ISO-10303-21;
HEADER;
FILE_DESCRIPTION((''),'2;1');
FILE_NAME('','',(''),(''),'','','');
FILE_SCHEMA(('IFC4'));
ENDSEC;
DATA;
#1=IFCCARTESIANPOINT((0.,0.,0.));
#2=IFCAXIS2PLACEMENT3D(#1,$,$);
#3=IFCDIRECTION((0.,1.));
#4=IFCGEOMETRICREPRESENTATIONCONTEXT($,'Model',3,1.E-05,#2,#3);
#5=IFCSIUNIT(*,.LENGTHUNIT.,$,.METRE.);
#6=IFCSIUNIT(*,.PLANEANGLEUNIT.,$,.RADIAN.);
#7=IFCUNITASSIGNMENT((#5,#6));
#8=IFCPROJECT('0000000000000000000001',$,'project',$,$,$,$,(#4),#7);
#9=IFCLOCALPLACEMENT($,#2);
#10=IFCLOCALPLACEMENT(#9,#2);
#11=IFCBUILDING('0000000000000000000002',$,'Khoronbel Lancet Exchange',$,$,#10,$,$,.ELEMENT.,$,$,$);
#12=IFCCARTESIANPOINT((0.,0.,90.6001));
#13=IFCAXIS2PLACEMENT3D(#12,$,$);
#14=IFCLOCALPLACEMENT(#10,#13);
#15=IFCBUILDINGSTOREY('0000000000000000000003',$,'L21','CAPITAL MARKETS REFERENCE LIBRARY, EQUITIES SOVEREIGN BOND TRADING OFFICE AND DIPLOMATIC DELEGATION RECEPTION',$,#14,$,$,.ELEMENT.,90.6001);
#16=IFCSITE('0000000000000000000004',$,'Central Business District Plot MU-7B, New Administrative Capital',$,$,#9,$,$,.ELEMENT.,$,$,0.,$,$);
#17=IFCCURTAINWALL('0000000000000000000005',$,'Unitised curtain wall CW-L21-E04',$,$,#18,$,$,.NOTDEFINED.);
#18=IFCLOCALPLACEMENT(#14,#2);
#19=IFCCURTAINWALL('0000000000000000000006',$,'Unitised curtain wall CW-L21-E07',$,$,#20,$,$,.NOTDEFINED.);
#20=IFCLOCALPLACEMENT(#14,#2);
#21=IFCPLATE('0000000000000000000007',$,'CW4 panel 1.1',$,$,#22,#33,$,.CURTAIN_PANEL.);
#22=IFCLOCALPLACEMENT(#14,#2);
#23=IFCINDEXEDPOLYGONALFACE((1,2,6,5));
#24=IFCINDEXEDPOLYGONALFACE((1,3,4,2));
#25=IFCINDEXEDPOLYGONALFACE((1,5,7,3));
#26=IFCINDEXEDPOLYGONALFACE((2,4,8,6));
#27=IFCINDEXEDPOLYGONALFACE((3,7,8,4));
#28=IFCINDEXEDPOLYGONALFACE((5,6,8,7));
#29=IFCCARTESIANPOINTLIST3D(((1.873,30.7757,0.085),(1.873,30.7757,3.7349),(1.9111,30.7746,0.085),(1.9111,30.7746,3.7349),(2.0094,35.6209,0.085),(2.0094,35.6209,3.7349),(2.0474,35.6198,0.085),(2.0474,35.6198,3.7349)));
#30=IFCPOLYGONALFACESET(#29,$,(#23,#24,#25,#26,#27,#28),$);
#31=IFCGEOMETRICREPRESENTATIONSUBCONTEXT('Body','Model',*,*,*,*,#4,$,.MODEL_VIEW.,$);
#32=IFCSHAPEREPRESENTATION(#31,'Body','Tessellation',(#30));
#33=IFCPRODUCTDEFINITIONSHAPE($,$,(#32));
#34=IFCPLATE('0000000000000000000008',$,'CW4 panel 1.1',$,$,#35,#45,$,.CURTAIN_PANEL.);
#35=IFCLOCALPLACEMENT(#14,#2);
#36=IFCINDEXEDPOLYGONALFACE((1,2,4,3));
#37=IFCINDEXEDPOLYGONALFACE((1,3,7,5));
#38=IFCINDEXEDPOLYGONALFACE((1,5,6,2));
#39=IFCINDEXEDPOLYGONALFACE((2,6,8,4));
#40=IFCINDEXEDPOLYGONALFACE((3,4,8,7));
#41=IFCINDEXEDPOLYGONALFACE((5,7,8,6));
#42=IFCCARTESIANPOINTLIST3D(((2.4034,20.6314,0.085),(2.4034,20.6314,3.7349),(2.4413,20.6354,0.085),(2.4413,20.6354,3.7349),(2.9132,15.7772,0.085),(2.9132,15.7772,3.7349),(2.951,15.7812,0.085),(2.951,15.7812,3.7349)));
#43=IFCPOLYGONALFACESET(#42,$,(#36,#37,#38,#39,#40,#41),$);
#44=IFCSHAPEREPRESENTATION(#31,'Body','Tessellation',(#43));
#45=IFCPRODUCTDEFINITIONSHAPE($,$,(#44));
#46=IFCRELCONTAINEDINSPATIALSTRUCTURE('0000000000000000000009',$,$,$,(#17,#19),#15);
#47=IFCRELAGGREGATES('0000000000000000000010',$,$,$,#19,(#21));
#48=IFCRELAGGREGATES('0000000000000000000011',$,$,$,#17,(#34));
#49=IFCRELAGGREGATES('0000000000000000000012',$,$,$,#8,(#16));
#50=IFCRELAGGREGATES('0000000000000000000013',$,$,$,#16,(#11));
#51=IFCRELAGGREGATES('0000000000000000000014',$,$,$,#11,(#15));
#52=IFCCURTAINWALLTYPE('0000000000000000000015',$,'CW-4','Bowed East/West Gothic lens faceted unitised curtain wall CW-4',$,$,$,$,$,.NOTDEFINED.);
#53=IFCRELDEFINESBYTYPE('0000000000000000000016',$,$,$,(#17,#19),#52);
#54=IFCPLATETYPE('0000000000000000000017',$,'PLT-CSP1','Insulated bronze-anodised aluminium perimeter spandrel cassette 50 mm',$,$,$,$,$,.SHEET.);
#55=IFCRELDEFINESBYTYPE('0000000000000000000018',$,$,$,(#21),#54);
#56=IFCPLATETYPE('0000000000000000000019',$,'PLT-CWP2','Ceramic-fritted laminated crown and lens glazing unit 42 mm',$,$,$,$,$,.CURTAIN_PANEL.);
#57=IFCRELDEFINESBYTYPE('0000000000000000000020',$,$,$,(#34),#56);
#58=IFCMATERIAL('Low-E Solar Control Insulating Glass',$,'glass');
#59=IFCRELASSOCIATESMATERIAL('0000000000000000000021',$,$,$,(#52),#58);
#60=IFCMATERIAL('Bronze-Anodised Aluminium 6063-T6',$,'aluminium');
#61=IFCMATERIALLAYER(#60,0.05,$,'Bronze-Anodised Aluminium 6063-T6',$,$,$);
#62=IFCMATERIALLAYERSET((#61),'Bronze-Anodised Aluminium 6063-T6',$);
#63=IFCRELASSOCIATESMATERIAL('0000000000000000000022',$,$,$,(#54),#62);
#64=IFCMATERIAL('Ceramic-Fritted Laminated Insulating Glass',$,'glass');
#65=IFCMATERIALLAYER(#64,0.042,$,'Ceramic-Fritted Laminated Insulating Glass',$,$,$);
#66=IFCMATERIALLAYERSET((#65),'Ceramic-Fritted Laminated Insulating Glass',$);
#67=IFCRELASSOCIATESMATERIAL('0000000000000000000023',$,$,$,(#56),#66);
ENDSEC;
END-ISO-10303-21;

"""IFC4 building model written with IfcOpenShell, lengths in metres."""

from ifc_helpers import new_model, si_unit, direction, frame, origin, origin_2d, place, context, subcontext, project, spatial, rectangle, extrude, material, layer, layer_set, type_object, element, aggregate, save


model = new_model("IFC4")

# Units and contexts
model_context = context("Model", 3, precision=1e-05, world=origin(), true_north=direction((0.0, 1.0)))
body_context = subcontext(model_context, "Body", "Model", "MODEL_VIEW")
ifc_project = project(units=[si_unit("LENGTHUNIT", "METRE"), si_unit("PLANEANGLEUNIT", "RADIAN")], contexts=[model_context])

# Site, building, storey
site_placement = place(None, origin())
site = spatial("IfcSite", under=ifc_project, at=site_placement, Name="Central Business District Plot MU-7B, New Administrative Capital", CompositionType="ELEMENT", RefElevation=0.0)
building_placement = place(site_placement, origin())
building = spatial("IfcBuilding", under=site, at=building_placement, Name="Khoronbel Lancet Exchange", CompositionType="ELEMENT")
storey_placement = place(building_placement, frame((0.0, 0.0, 90.6001)))
storey = spatial("IfcBuildingStorey", under=building, at=storey_placement, Name="L21", Description="CAPITAL MARKETS REFERENCE LIBRARY, EQUITIES SOVEREIGN BOND TRADING OFFICE AND DIPLOMATIC DELEGATION RECEPTION", CompositionType="ELEMENT", Elevation=90.6001)

# Curtain walls
ifc_material_1 = material(Name="Low-E Solar Control Insulating Glass", Category="glass")
curtain_wall_type = type_object("IfcCurtainWallType", Name="CW-4", Description="Bowed East/West Gothic lens faceted unitised curtain wall CW-4", PredefinedType="NOTDEFINED", material=ifc_material_1)
curtain_wall_1_placement = place(storey_placement, origin())
curtain_wall_1 = element("IfcCurtainWall", 1, at=curtain_wall_1_placement, inside=storey, type_object=curtain_wall_type, Name="Unitised curtain wall CW-L21-E04", PredefinedType="NOTDEFINED")
ifc_material_2 = material(Name="Bronze-Anodised Aluminium 6063-T6", Category="aluminium")
curtain_wall_2_placement = place(storey_placement, origin())
curtain_wall_2 = element("IfcCurtainWall", 2, at=curtain_wall_2_placement, inside=storey, type_object=curtain_wall_type, Name="Unitised curtain wall CW-L21-E07", PredefinedType="NOTDEFINED")

# Plates
ifc_layer_1 = layer(ifc_material_2, 0.05, Name="Bronze-Anodised Aluminium 6063-T6")
ifc_layer_set_1 = layer_set([ifc_layer_1], Name="Bronze-Anodised Aluminium 6063-T6")
plate_type_1 = type_object("IfcPlateType", Name="PLT-CSP1", Description="Insulated bronze-anodised aluminium perimeter spandrel cassette 50 mm", PredefinedType="SHEET", material=ifc_layer_set_1)
plate_1_placement = place(storey_placement, frame((1.9602, 33.1978, 0.085), z_axis=(0.0, 0.0, 1.0), x_axis=(0.028135, 0.999604, 0.0)))
plate_1 = element("IfcPlate", 3, at=plate_1_placement, type_object=plate_type_1, Name="CW4 panel 1.1", PredefinedType="CURTAIN_PANEL", context=body_context, shape_type="SweptSolid", body=[
    extrude(rectangle(XDim=4.8472, YDim=0.0381, at=origin_2d()), origin(), (0.0, 0.0, 1.0), 3.6499),
])
aggregate(curtain_wall_2, [plate_1])
ifc_material_3 = material(Name="Ceramic-Fritted Laminated Insulating Glass", Category="glass")
ifc_layer_2 = layer(ifc_material_3, 0.042, Name="Ceramic-Fritted Laminated Insulating Glass")
ifc_layer_set_2 = layer_set([ifc_layer_2], Name="Ceramic-Fritted Laminated Insulating Glass")
plate_type_2 = type_object("IfcPlateType", Name="PLT-CWP2", Description="Ceramic-fritted laminated crown and lens glazing unit 42 mm", PredefinedType="CURTAIN_PANEL", material=ifc_layer_set_2)
plate_2_placement = place(storey_placement, frame((2.6772, 18.2063, 0.085), z_axis=(0.0, 0.0, 1.0), x_axis=(-0.104434, 0.994532, 0.0)))
plate_2 = element("IfcPlate", 4, at=plate_2_placement, type_object=plate_type_2, Name="CW4 panel 1.1", PredefinedType="CURTAIN_PANEL", context=body_context, shape_type="SweptSolid", body=[
    extrude(rectangle(XDim=4.8809, YDim=0.0381, at=origin_2d()), origin(), (0.0, 0.0, 1.0), 3.6499),
])
aggregate(curtain_wall_1, [plate_2])

save(model, "model.ifc")
